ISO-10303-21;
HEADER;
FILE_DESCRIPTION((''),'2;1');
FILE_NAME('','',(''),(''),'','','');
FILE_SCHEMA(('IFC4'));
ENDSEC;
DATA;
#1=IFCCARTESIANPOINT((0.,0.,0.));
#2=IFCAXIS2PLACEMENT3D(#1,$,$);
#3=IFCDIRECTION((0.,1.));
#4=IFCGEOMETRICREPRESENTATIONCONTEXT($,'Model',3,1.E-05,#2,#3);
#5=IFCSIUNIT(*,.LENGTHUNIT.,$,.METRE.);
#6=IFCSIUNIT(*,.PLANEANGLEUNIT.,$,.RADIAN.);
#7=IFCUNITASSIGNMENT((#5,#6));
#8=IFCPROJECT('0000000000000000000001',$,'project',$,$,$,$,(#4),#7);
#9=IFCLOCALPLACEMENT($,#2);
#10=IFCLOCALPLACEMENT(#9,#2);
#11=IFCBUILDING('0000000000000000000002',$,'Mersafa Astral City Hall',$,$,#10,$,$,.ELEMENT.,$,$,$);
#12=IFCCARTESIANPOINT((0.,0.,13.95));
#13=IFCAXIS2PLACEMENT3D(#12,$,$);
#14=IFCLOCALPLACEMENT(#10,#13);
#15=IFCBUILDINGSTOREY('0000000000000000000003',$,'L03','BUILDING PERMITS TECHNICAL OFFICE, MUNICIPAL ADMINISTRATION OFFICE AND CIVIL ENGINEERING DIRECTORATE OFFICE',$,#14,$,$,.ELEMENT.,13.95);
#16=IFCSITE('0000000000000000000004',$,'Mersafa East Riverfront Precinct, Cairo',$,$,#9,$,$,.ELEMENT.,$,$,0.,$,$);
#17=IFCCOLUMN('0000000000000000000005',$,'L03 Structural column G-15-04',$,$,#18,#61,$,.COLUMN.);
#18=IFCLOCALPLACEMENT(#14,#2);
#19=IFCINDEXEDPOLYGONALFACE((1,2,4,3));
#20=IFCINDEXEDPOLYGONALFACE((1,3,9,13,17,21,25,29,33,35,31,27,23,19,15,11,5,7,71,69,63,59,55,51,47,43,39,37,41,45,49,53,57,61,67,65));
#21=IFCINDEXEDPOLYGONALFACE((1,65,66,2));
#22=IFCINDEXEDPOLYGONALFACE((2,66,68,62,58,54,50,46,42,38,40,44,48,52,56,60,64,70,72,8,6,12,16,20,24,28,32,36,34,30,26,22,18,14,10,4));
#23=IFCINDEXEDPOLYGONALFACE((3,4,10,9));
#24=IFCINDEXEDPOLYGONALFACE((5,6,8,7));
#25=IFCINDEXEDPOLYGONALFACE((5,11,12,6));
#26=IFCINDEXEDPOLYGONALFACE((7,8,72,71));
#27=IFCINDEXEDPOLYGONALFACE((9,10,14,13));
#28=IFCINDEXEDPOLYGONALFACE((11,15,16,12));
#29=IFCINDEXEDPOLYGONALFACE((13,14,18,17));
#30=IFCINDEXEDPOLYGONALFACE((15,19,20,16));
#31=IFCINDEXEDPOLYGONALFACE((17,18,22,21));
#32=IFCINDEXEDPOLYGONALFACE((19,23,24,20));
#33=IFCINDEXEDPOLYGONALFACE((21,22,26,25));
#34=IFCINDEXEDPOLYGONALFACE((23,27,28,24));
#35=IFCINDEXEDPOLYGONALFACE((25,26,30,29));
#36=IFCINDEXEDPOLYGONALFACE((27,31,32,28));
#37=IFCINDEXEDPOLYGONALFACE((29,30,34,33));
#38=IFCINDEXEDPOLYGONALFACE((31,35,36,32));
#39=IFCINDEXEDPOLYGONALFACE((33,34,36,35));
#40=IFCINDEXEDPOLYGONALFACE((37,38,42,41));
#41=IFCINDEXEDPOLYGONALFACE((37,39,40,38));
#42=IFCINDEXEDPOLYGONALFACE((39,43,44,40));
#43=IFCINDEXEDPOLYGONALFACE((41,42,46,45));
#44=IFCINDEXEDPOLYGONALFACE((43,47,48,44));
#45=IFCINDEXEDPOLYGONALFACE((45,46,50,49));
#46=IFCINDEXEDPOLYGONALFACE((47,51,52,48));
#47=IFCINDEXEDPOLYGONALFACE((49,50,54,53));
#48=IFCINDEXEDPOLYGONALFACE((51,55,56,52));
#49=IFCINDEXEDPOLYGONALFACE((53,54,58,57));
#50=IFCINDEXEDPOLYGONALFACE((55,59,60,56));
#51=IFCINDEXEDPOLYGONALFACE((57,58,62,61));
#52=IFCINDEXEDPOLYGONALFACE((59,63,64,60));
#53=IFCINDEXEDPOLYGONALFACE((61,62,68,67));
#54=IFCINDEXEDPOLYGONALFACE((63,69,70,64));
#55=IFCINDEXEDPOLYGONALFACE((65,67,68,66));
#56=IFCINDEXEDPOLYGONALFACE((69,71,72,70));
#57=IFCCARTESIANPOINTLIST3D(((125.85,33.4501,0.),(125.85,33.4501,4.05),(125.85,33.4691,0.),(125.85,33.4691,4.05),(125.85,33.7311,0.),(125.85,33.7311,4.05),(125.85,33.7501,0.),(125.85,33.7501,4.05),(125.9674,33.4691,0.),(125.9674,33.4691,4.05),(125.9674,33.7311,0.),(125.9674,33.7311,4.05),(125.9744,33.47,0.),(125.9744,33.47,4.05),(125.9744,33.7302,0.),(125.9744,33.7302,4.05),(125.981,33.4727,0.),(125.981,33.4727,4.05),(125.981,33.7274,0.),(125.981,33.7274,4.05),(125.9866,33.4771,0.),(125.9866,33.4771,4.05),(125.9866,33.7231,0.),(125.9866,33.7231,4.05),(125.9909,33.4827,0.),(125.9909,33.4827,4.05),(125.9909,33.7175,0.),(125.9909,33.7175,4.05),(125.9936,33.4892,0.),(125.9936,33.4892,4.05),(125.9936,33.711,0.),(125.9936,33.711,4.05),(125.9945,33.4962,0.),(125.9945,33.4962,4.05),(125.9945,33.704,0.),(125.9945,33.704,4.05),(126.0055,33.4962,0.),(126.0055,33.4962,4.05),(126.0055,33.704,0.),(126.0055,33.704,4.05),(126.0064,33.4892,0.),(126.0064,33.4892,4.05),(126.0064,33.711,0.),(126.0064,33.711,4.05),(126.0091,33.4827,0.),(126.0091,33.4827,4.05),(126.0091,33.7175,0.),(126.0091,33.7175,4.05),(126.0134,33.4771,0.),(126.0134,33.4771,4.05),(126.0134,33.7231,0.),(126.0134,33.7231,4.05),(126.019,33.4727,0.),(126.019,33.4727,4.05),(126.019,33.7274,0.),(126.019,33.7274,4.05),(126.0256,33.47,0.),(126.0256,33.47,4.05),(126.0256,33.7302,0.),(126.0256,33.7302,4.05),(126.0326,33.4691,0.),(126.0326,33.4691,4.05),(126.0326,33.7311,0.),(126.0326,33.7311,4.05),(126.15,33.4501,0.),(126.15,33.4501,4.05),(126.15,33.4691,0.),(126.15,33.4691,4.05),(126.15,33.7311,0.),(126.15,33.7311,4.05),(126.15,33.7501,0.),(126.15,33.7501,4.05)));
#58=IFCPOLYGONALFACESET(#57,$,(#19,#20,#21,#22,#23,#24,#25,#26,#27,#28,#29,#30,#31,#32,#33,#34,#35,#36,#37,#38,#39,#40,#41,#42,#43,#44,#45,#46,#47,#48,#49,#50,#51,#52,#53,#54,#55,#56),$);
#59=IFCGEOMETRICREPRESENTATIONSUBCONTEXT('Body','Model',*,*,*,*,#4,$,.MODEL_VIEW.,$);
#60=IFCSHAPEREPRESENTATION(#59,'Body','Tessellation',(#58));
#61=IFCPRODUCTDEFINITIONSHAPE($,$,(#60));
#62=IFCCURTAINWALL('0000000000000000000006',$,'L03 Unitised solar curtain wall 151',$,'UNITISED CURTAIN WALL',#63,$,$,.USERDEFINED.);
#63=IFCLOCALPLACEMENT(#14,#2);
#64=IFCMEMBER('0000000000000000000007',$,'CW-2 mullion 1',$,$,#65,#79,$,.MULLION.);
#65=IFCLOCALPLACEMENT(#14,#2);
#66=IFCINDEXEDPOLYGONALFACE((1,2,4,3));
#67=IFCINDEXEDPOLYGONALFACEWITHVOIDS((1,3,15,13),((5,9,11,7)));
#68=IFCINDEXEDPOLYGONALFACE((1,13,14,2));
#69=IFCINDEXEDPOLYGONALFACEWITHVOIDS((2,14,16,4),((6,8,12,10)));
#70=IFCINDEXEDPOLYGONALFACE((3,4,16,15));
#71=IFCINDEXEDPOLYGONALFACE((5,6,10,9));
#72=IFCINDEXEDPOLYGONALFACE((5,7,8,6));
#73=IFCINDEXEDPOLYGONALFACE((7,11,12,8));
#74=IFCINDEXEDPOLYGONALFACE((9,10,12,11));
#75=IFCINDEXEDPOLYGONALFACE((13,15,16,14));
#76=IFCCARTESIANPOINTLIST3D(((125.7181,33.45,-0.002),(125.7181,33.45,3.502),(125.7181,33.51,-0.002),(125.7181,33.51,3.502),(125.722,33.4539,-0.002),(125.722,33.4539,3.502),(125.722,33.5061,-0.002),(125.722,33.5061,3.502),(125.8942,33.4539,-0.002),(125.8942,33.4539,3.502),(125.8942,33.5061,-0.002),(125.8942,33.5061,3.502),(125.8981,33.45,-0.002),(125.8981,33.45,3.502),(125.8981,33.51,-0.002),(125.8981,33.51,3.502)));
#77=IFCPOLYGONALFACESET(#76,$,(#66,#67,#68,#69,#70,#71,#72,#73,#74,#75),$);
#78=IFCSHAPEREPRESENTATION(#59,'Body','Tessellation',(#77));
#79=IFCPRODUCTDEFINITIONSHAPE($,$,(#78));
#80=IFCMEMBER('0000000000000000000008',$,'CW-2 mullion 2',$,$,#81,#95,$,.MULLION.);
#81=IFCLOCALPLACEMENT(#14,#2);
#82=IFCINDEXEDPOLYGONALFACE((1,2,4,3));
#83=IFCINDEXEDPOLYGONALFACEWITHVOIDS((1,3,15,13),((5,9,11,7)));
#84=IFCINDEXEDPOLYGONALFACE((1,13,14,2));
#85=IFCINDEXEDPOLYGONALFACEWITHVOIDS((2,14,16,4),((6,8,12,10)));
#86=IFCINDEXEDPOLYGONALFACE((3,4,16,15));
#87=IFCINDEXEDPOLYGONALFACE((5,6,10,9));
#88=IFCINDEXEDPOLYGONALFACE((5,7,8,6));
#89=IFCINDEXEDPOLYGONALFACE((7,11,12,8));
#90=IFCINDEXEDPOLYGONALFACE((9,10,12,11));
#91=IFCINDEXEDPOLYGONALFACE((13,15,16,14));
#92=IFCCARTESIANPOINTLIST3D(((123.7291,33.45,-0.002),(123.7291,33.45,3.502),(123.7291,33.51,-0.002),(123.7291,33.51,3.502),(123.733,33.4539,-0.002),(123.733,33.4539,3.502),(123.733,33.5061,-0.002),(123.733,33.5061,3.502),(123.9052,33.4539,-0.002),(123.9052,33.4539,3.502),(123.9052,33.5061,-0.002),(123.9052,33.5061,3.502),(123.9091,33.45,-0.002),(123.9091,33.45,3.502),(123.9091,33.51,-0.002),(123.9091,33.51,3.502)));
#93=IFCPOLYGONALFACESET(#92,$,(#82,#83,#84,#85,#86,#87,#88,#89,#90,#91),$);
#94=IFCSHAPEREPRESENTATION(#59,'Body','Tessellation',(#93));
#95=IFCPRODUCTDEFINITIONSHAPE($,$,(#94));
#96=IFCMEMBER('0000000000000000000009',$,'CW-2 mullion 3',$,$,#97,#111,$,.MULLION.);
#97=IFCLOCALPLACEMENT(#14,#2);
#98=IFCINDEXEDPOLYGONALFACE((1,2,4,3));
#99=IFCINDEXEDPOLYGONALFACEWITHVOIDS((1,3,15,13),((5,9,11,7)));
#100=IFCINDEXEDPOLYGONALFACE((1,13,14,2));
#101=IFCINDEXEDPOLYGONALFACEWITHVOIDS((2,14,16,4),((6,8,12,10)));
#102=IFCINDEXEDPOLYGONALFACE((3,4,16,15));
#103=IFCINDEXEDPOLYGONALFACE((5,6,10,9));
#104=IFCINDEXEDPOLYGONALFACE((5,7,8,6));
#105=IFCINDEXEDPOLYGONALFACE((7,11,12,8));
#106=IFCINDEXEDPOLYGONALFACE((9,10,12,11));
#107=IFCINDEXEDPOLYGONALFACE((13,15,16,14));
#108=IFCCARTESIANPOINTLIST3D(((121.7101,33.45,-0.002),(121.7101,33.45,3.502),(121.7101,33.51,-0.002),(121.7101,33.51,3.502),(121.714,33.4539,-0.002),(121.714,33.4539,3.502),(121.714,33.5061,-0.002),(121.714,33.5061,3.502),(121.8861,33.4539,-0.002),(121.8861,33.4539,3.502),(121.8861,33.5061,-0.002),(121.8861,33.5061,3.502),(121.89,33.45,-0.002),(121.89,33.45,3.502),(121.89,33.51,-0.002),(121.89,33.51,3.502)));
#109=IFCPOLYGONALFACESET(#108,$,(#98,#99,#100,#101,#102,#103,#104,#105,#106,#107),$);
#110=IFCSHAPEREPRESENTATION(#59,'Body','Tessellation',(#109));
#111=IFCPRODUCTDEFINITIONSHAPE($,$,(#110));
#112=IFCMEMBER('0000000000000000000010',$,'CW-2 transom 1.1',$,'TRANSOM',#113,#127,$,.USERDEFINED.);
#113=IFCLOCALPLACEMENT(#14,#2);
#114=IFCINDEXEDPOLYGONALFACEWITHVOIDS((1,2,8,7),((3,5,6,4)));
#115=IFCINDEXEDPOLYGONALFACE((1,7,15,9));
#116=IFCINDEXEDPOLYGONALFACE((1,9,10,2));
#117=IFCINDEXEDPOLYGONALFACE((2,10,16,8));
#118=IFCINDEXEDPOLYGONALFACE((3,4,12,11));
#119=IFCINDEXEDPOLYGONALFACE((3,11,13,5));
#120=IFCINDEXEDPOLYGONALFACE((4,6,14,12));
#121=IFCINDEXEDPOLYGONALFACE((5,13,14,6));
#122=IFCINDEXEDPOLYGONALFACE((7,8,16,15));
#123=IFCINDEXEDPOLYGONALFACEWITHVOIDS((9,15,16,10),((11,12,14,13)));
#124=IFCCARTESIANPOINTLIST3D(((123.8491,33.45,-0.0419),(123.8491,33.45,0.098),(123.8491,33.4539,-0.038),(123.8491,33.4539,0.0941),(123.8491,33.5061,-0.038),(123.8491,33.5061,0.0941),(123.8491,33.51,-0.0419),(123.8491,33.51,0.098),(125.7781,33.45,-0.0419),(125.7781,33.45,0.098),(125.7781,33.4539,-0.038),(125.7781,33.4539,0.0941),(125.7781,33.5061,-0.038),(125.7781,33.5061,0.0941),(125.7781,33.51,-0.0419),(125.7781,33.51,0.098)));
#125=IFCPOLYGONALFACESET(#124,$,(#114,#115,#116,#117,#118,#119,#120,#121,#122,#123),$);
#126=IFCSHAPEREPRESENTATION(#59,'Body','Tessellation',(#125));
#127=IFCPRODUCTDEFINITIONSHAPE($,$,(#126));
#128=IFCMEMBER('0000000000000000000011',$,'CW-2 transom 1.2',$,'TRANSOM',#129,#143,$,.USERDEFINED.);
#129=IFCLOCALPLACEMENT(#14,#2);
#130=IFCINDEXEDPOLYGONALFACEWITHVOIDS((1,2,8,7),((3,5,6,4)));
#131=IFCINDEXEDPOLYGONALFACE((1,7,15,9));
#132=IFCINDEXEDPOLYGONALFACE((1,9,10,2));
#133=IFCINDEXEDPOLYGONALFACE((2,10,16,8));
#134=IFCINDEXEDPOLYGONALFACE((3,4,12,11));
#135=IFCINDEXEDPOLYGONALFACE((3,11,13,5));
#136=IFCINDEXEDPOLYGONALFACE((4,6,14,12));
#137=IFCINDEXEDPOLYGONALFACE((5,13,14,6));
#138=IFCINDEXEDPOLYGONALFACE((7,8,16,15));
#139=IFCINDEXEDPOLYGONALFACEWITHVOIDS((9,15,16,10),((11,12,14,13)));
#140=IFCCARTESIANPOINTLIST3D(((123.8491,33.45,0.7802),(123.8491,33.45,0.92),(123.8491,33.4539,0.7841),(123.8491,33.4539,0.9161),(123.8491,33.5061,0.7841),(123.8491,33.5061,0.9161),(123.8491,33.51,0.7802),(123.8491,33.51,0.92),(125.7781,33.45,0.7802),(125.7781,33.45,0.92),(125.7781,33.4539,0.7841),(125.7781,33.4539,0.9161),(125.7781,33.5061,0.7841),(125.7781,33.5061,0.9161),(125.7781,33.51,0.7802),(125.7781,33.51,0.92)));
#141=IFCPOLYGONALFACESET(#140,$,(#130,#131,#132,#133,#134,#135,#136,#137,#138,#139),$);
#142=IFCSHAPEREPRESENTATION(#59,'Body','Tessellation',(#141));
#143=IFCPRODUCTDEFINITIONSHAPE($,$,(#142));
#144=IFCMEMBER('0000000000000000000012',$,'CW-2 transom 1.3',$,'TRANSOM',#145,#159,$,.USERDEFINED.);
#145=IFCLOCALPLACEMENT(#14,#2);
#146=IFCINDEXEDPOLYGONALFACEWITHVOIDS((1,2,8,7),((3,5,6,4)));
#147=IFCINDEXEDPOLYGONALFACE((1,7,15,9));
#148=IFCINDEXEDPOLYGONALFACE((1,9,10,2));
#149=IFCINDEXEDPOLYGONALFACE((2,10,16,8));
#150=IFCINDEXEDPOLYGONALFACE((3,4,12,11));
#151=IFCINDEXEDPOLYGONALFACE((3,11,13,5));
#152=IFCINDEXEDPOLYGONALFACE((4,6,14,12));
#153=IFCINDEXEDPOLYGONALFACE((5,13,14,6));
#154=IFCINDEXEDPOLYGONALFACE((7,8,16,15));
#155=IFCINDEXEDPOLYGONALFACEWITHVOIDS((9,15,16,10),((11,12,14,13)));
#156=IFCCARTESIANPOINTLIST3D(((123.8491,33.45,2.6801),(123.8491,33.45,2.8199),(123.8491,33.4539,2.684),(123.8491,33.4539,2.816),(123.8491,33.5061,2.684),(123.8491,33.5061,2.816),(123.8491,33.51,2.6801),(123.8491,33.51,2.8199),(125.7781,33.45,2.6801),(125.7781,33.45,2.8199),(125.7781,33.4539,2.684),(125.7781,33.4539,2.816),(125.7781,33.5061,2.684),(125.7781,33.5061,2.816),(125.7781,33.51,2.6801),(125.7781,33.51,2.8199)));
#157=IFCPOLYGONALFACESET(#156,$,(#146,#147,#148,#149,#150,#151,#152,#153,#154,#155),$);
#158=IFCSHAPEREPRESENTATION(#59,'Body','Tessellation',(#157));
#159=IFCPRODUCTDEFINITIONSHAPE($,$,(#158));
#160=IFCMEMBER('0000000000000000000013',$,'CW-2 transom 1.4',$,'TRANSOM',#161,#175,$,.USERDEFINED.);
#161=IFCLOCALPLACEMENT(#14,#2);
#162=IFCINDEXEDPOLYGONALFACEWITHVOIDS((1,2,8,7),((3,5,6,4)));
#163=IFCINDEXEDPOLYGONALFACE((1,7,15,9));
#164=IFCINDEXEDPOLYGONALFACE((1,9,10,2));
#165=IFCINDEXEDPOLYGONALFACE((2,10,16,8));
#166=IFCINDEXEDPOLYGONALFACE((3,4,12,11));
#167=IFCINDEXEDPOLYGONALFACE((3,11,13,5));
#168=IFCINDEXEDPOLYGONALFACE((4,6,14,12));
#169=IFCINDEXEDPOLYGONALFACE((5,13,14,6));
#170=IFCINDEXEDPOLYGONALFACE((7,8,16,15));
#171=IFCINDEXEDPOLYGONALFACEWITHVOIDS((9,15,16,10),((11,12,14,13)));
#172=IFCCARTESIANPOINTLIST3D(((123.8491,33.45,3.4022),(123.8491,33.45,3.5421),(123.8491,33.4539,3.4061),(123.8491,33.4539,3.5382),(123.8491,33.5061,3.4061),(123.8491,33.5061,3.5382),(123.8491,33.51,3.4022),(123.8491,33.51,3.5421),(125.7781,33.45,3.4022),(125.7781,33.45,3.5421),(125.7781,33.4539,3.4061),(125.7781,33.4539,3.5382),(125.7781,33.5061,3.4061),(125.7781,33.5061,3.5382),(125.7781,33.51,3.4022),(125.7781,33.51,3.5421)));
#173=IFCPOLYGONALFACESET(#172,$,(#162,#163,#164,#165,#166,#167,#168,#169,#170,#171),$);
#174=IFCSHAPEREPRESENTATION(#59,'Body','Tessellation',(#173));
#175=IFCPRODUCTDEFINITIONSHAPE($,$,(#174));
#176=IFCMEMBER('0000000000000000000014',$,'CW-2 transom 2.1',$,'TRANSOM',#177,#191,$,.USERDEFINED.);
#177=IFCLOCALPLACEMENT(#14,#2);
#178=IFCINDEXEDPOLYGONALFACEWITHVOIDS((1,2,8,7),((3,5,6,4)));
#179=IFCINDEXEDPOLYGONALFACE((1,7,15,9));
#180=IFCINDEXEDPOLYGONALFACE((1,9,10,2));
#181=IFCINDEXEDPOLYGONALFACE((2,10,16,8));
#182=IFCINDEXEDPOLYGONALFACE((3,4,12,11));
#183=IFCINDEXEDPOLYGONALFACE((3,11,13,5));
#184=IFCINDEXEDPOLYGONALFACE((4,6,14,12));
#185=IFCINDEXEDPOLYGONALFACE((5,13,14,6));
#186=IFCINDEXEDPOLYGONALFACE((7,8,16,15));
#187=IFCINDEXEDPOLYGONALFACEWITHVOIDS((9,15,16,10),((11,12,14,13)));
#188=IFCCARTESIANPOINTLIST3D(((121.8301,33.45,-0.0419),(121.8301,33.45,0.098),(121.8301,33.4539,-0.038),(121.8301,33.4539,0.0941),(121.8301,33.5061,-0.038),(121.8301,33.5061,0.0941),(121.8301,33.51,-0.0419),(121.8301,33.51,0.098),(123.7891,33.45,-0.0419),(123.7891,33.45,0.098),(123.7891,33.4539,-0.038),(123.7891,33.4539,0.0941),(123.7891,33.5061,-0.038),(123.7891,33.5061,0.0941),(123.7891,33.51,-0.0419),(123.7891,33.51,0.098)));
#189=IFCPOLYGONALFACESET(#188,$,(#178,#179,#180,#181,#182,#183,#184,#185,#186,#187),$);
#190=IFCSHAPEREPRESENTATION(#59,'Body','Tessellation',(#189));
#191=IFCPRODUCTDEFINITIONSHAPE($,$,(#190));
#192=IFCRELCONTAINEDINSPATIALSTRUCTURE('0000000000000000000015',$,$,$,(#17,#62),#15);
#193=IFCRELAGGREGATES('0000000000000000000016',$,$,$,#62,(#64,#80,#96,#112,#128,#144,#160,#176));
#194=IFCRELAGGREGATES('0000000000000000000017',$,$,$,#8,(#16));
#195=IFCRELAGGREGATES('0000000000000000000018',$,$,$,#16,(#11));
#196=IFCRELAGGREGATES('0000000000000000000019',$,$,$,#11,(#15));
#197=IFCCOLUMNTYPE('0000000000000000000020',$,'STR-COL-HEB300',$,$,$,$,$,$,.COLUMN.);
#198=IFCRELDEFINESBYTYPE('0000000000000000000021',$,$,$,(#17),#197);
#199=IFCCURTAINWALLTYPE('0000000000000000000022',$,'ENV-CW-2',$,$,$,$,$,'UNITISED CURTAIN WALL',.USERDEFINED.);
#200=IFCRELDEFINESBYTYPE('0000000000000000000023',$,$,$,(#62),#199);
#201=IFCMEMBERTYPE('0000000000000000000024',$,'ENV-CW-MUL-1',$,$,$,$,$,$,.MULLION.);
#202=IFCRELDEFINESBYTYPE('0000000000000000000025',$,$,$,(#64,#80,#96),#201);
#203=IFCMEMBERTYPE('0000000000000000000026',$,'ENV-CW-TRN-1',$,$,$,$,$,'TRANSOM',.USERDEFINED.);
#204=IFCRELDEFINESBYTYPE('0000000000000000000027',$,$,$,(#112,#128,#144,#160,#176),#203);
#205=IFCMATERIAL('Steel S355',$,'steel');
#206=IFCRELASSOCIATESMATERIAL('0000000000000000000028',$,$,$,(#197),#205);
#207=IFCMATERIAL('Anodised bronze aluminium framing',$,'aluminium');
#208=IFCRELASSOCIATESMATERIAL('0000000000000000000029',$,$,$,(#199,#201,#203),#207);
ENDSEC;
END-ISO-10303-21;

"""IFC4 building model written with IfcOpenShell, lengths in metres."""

from ifc_helpers import new_model, si_unit, direction, frame, origin, origin_2d, place, context, subcontext, project, spatial, hollow_rectangle, i_section, extrude, material, material_profile, profile_set, type_object, element, aggregate, save


model = new_model("IFC4")

# Units and contexts
model_context = context("Model", 3, precision=1e-05, world=origin(), true_north=direction((0.0, 1.0)))
body_context = subcontext(model_context, "Body", "Model", "MODEL_VIEW")
ifc_project = project(units=[si_unit("LENGTHUNIT", "METRE"), si_unit("PLANEANGLEUNIT", "RADIAN")], contexts=[model_context])

# Site, building, storey
site_placement = place(None, origin())
site = spatial("IfcSite", under=ifc_project, at=site_placement, Name="Mersafa East Riverfront Precinct, Cairo", CompositionType="ELEMENT", RefElevation=0.0)
building_placement = place(site_placement, origin())
building = spatial("IfcBuilding", under=site, at=building_placement, Name="Mersafa Astral City Hall", CompositionType="ELEMENT")
storey_placement = place(building_placement, frame((0.0, 0.0, 13.95)))
storey = spatial("IfcBuildingStorey", under=building, at=storey_placement, Name="L03", Description="BUILDING PERMITS TECHNICAL OFFICE, MUNICIPAL ADMINISTRATION OFFICE AND CIVIL ENGINEERING DIRECTORATE OFFICE", CompositionType="ELEMENT", Elevation=13.95)

# Column
ifc_material_1 = material(Name="Steel S355", Category="steel")
ifc_material_profile_1 = material_profile(ifc_material_1, i_section(OverallWidth=0.3, OverallDepth=0.3, WebThickness=0.011, FlangeThickness=0.019, FilletRadius=0.0271, at=origin_2d()), Name="HEB 300")
ifc_profile_set_1 = profile_set([ifc_material_profile_1], Name="Steel S355")
column_type = type_object("IfcColumnType", Name="STR-COL-HEB300", PredefinedType="COLUMN", material=ifc_profile_set_1)
column_placement = place(storey_placement, frame((126.0, 33.6001, 0.0), z_axis=(0.0, 0.0, 1.0), x_axis=(1.0, 0.0, 0.0)))
element("IfcColumn", 1, at=column_placement, inside=storey, type_object=column_type, Name="L03 Structural column G-15-04", PredefinedType="COLUMN", context=body_context, shape_type="SweptSolid", body=[
    extrude(i_section(OverallWidth=0.3, OverallDepth=0.3, WebThickness=0.011, FlangeThickness=0.019, FilletRadius=0.0271, at=origin_2d()), origin(), (0.0, 0.0, 1.0), 4.05),
])

# Curtain wall, members
ifc_material_2 = material(Name="Anodised bronze aluminium framing", Category="aluminium")
curtain_wall_type = type_object("IfcCurtainWallType", Name="ENV-CW-2", ElementType="UNITISED CURTAIN WALL", PredefinedType="USERDEFINED", material=ifc_material_2)
curtain_wall_placement = place(storey_placement, origin())
curtain_wall = element("IfcCurtainWall", 2, at=curtain_wall_placement, inside=storey, type_object=curtain_wall_type, Name="L03 Unitised solar curtain wall 151", ObjectType="UNITISED CURTAIN WALL", PredefinedType="USERDEFINED")
ifc_material_profile_2 = material_profile(ifc_material_2, hollow_rectangle(XDim=0.0601, YDim=0.1799, WallThickness=0.0039, at=origin_2d()), Name="RHS 60x180x4")
ifc_profile_set_2 = profile_set([ifc_material_profile_2], Name="Anodised bronze aluminium framing")
member_type_1 = type_object("IfcMemberType", Name="ENV-CW-MUL-1", PredefinedType="MULLION", material=ifc_profile_set_2)
member_1_placement = place(storey_placement, frame((125.8081, 33.48, -0.002), z_axis=(0.0, 0.0, 1.0), x_axis=(0.0, -1.0, 0.0)))
member_1 = element("IfcMember", 3, at=member_1_placement, type_object=member_type_1, Name="CW-2 mullion 1", PredefinedType="MULLION", context=body_context, shape_type="SweptSolid", body=[
    extrude(hollow_rectangle(XDim=0.0601, YDim=0.1799, WallThickness=0.0039, at=origin_2d()), origin(), (0.0, 0.0, 1.0), 3.5039),
])
member_2_placement = place(storey_placement, frame((123.8191, 33.48, -0.002), z_axis=(0.0, 0.0, 1.0), x_axis=(0.0, -1.0, 0.0)))
member_2 = element("IfcMember", 4, at=member_2_placement, type_object=member_type_1, Name="CW-2 mullion 2", PredefinedType="MULLION", context=body_context, shape_type="SweptSolid", body=[
    extrude(hollow_rectangle(XDim=0.0601, YDim=0.1799, WallThickness=0.0039, at=origin_2d()), origin(), (0.0, 0.0, 1.0), 3.5039),
])
member_3_placement = place(storey_placement, frame((121.8, 33.48, -0.002), z_axis=(0.0, 0.0, 1.0), x_axis=(0.0, -1.0, 0.0)))
member_3 = element("IfcMember", 5, at=member_3_placement, type_object=member_type_1, Name="CW-2 mullion 3", PredefinedType="MULLION", context=body_context, shape_type="SweptSolid", body=[
    extrude(hollow_rectangle(XDim=0.0601, YDim=0.1799, WallThickness=0.0039, at=origin_2d()), origin(), (0.0, 0.0, 1.0), 3.5039),
])
ifc_material_profile_3 = material_profile(ifc_material_2, hollow_rectangle(XDim=0.0601, YDim=0.1399, WallThickness=0.0039, at=origin_2d()), Name="RHS 60x140x4")
ifc_profile_set_3 = profile_set([ifc_material_profile_3], Name="Anodised bronze aluminium framing")
member_type_2 = type_object("IfcMemberType", Name="ENV-CW-TRN-1", ElementType="TRANSOM", PredefinedType="USERDEFINED", material=ifc_profile_set_3)
member_4_placement = place(storey_placement, frame((125.7781, 33.48, 0.0281), z_axis=(-1.0, 0.0, 0.0), x_axis=(0.0, -1.0, 0.0)))
member_4 = element("IfcMember", 6, at=member_4_placement, type_object=member_type_2, Name="CW-2 transom 1.1", ObjectType="TRANSOM", PredefinedType="USERDEFINED", context=body_context, shape_type="SweptSolid", body=[
    extrude(hollow_rectangle(XDim=0.0601, YDim=0.1399, WallThickness=0.0039, at=origin_2d()), origin(), (0.0, 0.0, 1.0), 1.929),
])
member_5_placement = place(storey_placement, frame((125.7781, 33.48, 0.8501), z_axis=(-1.0, 0.0, 0.0), x_axis=(0.0, -1.0, 0.0)))
member_5 = element("IfcMember", 7, at=member_5_placement, type_object=member_type_2, Name="CW-2 transom 1.2", ObjectType="TRANSOM", PredefinedType="USERDEFINED", context=body_context, shape_type="SweptSolid", body=[
    extrude(hollow_rectangle(XDim=0.0601, YDim=0.1399, WallThickness=0.0039, at=origin_2d()), origin(), (0.0, 0.0, 1.0), 1.929),
])
member_6_placement = place(storey_placement, frame((125.7781, 33.48, 2.75), z_axis=(-1.0, 0.0, 0.0), x_axis=(0.0, -1.0, 0.0)))
member_6 = element("IfcMember", 8, at=member_6_placement, type_object=member_type_2, Name="CW-2 transom 1.3", ObjectType="TRANSOM", PredefinedType="USERDEFINED", context=body_context, shape_type="SweptSolid", body=[
    extrude(hollow_rectangle(XDim=0.0601, YDim=0.1399, WallThickness=0.0039, at=origin_2d()), origin(), (0.0, 0.0, 1.0), 1.929),
])
member_7_placement = place(storey_placement, frame((125.7781, 33.48, 3.4722), z_axis=(-1.0, 0.0, 0.0), x_axis=(0.0, -1.0, 0.0)))
member_7 = element("IfcMember", 9, at=member_7_placement, type_object=member_type_2, Name="CW-2 transom 1.4", ObjectType="TRANSOM", PredefinedType="USERDEFINED", context=body_context, shape_type="SweptSolid", body=[
    extrude(hollow_rectangle(XDim=0.0601, YDim=0.1399, WallThickness=0.0039, at=origin_2d()), origin(), (0.0, 0.0, 1.0), 1.929),
])
member_8_placement = place(storey_placement, frame((123.7891, 33.48, 0.0281), z_axis=(-1.0, 0.0, 0.0), x_axis=(0.0, -1.0, 0.0)))
member_8 = element("IfcMember", 10, at=member_8_placement, type_object=member_type_2, Name="CW-2 transom 2.1", ObjectType="TRANSOM", PredefinedType="USERDEFINED", context=body_context, shape_type="SweptSolid", body=[
    extrude(hollow_rectangle(XDim=0.0601, YDim=0.1399, WallThickness=0.0039, at=origin_2d()), origin(), (0.0, 0.0, 1.0), 1.959),
])

aggregate(curtain_wall, [member_1, member_2, member_3, member_4, member_5, member_6, member_7, member_8])

save(model, "model.ifc")
